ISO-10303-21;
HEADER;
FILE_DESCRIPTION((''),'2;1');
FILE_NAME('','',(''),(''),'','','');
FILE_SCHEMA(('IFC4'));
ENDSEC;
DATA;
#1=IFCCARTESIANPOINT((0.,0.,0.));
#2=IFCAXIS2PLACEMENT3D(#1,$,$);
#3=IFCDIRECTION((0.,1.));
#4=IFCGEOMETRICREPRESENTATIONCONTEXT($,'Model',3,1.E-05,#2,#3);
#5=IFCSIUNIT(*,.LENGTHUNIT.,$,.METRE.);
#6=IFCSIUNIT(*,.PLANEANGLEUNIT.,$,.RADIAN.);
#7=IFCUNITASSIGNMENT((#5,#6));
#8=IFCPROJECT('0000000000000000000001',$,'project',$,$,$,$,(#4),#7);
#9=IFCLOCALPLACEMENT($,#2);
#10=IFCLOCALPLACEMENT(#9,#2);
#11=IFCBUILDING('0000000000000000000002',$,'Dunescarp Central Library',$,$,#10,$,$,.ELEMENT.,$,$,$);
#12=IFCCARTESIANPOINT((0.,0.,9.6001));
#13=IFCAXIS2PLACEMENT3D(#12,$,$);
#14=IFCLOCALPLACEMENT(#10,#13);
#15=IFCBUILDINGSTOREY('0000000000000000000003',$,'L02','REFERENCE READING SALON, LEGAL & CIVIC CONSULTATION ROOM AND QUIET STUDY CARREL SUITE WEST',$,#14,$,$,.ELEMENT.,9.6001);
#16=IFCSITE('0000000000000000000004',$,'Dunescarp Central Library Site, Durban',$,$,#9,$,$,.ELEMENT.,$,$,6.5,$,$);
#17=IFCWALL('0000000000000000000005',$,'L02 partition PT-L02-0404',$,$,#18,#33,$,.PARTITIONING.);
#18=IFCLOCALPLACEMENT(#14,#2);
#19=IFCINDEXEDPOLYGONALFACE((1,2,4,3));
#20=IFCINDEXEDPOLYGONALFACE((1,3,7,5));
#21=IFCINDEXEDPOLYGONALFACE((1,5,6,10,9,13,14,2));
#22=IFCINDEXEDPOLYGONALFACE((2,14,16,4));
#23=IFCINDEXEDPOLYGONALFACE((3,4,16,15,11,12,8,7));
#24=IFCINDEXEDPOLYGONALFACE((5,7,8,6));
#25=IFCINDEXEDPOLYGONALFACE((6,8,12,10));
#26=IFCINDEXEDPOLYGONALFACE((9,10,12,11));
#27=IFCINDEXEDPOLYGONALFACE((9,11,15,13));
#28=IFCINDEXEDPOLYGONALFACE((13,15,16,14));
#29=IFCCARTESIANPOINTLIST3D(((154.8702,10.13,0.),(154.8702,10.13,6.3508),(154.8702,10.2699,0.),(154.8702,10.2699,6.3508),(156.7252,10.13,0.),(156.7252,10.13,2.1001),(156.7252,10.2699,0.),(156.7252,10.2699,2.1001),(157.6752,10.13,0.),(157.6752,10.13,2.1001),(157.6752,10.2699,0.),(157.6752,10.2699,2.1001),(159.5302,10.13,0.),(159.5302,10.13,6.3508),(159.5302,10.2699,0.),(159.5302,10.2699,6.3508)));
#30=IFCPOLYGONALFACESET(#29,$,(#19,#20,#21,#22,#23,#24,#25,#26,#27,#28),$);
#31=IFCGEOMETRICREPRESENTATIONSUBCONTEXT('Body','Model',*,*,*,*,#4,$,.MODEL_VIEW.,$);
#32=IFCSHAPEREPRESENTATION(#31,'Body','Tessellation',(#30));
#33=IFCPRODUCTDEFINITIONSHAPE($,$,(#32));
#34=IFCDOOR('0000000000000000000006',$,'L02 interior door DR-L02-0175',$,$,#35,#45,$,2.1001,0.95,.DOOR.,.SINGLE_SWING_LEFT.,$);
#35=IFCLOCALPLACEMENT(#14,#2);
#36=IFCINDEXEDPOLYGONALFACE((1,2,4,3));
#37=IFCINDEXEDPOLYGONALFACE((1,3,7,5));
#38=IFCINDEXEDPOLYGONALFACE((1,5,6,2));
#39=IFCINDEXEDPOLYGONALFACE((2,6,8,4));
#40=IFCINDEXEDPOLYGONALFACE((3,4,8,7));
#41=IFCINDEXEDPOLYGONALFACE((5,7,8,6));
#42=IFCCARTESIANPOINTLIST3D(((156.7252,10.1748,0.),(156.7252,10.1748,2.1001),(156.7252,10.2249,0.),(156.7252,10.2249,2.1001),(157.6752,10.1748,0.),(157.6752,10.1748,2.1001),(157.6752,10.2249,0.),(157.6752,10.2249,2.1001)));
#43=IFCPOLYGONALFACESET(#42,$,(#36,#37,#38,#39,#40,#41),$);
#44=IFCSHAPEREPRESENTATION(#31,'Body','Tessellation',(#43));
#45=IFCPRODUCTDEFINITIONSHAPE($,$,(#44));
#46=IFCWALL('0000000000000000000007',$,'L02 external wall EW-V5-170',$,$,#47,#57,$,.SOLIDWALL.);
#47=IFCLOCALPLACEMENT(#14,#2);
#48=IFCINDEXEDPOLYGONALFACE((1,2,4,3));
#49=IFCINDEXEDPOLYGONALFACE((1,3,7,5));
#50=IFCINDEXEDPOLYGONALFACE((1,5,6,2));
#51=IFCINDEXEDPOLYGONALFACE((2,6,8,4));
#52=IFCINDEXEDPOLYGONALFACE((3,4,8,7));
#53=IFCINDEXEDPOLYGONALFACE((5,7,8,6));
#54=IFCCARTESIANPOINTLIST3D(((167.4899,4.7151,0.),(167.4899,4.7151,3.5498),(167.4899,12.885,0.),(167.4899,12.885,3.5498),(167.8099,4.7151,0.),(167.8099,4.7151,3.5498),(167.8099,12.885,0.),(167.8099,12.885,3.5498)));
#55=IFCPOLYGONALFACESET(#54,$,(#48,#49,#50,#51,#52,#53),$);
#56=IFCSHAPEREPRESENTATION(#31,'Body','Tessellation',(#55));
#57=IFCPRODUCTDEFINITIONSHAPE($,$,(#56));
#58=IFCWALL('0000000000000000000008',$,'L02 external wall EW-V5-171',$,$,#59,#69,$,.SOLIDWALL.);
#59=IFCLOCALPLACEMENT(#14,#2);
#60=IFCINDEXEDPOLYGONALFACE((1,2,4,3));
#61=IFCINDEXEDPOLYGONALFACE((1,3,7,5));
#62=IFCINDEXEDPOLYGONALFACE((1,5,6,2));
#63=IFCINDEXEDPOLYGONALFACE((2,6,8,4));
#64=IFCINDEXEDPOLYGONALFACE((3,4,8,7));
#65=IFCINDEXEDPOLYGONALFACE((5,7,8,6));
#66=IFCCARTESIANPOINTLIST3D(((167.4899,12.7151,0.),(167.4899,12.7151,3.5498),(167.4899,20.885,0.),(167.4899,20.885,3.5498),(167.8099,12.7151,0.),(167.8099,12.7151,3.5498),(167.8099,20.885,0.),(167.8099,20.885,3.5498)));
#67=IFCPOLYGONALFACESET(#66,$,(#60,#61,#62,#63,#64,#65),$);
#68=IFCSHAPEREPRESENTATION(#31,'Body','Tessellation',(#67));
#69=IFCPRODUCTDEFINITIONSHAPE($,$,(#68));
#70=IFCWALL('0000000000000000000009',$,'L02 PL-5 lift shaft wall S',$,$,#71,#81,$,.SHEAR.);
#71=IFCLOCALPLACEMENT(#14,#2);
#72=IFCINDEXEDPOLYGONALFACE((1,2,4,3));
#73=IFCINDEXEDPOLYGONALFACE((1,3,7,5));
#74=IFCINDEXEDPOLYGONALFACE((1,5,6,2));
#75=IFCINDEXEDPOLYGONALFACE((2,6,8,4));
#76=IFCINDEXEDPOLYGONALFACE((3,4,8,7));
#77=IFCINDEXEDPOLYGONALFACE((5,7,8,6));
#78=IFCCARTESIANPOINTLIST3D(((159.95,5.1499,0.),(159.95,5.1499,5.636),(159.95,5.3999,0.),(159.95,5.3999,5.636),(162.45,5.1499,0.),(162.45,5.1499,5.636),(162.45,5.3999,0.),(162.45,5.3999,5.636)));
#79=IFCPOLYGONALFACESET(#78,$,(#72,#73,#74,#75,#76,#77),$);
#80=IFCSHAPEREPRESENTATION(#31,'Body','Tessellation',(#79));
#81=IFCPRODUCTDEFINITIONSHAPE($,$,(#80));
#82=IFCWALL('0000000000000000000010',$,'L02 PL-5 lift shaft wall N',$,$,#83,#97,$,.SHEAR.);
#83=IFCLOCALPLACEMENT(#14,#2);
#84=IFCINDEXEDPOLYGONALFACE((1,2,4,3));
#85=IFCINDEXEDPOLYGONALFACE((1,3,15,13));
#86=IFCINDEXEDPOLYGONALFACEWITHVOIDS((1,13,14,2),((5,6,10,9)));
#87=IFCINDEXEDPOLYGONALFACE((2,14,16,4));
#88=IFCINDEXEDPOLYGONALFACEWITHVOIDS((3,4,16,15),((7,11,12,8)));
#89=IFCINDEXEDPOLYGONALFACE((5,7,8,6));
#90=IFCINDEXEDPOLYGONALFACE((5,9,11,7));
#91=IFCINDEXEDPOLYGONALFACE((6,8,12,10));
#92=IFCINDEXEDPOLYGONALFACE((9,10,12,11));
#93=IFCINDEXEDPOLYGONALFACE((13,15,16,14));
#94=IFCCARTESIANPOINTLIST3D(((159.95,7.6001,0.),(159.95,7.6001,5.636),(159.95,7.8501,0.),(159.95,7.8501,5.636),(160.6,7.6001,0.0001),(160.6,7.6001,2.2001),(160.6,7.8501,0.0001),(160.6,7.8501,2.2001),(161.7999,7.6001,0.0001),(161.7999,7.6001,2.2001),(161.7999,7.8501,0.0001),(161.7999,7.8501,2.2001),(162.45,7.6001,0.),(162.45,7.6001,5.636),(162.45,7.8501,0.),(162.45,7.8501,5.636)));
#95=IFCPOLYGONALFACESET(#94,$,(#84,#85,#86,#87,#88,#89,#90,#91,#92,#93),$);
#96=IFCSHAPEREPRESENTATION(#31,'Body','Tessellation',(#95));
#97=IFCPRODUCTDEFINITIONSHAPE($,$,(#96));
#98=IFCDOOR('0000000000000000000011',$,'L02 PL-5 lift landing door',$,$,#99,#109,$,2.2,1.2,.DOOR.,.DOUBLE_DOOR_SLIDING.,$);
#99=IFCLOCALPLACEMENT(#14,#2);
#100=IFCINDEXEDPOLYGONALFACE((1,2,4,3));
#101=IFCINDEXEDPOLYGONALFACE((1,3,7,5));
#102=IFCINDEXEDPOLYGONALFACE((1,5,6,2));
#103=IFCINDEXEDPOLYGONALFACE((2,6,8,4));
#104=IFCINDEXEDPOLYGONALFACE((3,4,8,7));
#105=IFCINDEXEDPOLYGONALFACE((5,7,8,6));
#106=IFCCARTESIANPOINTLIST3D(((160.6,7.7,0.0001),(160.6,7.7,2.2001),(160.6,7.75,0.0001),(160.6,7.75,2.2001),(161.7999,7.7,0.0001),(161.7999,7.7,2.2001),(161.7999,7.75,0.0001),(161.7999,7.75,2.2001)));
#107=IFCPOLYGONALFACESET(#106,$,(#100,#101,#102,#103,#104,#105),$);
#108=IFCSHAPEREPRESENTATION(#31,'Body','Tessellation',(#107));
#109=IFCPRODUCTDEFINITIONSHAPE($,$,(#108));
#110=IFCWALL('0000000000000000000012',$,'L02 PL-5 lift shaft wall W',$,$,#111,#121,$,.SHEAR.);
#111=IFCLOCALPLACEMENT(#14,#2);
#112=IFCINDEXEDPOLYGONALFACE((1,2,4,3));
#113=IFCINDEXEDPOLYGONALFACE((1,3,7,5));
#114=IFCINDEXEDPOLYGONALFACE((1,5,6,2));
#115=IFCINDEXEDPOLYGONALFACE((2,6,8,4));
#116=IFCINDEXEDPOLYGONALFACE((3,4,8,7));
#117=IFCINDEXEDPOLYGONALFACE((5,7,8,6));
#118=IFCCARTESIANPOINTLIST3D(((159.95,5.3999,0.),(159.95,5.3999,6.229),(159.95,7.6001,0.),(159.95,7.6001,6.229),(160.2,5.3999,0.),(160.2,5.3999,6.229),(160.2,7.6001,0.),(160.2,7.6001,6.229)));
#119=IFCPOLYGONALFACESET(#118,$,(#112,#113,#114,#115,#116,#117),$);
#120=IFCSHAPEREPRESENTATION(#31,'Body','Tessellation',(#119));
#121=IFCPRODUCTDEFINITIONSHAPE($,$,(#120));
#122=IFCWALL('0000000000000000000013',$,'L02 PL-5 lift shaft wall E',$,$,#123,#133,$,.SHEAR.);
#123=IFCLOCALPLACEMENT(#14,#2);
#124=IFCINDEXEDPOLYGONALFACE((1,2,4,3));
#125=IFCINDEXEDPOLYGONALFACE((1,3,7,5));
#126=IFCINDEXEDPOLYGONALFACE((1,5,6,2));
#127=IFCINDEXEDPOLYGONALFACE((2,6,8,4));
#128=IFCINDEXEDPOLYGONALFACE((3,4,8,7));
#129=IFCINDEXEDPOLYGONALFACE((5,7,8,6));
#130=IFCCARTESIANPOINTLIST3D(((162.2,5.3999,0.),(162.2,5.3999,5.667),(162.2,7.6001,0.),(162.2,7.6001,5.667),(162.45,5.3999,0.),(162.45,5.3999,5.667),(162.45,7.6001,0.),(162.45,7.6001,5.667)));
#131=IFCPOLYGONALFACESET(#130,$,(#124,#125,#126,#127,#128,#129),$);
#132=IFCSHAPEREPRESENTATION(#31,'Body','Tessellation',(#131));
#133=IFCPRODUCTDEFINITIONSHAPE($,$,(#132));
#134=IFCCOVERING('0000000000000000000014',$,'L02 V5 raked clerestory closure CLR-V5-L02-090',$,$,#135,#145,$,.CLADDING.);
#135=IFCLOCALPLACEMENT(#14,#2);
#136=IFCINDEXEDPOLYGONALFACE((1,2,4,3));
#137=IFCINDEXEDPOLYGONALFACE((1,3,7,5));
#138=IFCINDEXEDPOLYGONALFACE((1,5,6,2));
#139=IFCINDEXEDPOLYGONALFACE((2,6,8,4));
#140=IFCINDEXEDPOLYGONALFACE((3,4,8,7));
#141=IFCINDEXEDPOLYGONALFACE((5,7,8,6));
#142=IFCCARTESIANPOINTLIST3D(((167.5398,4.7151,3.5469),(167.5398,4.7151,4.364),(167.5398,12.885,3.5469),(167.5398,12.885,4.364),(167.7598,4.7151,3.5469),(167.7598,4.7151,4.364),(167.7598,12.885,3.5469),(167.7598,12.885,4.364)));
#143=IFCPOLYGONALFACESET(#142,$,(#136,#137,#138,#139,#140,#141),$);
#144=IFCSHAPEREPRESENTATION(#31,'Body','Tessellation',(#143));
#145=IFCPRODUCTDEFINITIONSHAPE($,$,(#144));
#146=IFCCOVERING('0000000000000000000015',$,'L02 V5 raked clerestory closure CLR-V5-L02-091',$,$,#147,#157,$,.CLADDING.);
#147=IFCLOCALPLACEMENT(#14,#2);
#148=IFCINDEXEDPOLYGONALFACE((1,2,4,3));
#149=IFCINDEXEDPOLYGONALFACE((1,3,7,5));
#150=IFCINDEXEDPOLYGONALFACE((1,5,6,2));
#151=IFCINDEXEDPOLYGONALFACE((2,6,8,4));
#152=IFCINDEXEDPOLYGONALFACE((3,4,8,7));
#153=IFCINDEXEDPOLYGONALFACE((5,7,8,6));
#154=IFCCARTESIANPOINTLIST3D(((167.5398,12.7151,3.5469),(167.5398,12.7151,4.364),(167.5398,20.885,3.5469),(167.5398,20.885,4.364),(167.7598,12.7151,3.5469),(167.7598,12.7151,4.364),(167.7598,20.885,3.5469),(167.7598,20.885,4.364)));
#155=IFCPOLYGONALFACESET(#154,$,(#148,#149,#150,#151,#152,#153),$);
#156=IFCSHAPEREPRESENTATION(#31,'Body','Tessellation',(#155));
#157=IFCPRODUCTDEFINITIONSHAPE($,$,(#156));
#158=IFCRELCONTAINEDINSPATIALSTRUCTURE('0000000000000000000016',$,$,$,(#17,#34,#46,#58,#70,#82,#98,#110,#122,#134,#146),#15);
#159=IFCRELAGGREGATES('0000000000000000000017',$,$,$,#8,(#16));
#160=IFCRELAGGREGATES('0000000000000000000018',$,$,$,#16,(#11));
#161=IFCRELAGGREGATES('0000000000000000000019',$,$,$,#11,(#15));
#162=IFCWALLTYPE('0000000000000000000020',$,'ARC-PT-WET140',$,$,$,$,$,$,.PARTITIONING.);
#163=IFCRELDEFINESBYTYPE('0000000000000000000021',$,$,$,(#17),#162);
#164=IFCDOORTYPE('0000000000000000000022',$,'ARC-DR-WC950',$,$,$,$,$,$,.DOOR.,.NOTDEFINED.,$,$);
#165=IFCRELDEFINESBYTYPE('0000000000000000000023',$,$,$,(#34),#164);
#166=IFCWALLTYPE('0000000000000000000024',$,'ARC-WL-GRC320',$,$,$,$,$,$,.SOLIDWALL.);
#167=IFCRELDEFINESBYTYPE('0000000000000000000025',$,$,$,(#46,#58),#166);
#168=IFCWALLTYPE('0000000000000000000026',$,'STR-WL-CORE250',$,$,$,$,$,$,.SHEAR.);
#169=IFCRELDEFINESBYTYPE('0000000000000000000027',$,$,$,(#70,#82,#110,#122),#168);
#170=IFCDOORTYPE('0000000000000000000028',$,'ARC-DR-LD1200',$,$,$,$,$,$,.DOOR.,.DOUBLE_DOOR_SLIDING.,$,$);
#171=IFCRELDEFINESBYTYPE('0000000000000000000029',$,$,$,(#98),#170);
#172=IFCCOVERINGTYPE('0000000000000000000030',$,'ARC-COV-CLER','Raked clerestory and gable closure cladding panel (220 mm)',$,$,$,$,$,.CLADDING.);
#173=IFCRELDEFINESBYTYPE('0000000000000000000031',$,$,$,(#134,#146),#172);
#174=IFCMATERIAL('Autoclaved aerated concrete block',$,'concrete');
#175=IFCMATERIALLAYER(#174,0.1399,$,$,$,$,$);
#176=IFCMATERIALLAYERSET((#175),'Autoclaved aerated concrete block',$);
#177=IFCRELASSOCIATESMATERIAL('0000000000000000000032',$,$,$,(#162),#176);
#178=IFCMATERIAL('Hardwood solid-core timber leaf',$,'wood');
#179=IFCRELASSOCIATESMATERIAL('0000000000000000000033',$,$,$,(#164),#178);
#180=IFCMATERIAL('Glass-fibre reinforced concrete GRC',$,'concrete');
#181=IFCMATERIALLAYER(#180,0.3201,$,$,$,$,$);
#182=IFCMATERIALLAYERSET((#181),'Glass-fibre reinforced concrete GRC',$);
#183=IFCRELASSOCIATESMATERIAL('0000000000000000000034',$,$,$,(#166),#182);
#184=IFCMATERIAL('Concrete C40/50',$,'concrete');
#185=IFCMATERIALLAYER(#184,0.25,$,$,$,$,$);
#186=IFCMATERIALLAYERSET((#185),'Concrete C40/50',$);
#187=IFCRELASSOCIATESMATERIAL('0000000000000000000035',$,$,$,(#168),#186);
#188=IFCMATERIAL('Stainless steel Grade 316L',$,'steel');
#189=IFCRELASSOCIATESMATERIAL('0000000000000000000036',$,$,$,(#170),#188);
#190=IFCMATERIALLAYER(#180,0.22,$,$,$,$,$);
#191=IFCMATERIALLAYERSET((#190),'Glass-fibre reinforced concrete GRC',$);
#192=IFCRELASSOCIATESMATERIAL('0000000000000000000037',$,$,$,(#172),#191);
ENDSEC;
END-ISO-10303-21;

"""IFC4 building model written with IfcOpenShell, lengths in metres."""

from ifc_helpers import new_model, si_unit, direction, frame, frame_2d, origin, place, context, subcontext, project, spatial, polyline, rectangle, outline, extrude, material, layer, layer_set, type_object, element, fill, save


model = new_model("IFC4")

# Units and contexts
model_context = context("Model", 3, precision=1e-05, world=origin(), true_north=direction((0.0, 1.0)))
body_context = subcontext(model_context, "Body", "Model", "MODEL_VIEW")
ifc_project = project(units=[si_unit("LENGTHUNIT", "METRE"), si_unit("PLANEANGLEUNIT", "RADIAN")], contexts=[model_context])

# Site, building, storey
site_placement = place(None, origin())
site = spatial("IfcSite", under=ifc_project, at=site_placement, Name="Dunescarp Central Library Site, Durban", CompositionType="ELEMENT", RefElevation=6.5)
building_placement = place(site_placement, origin())
building = spatial("IfcBuilding", under=site, at=building_placement, Name="Dunescarp Central Library", CompositionType="ELEMENT")
storey_placement = place(building_placement, frame((0.0, 0.0, 9.6001)))
storey = spatial("IfcBuildingStorey", under=building, at=storey_placement, Name="L02", Description="REFERENCE READING SALON, LEGAL & CIVIC CONSULTATION ROOM AND QUIET STUDY CARREL SUITE WEST", CompositionType="ELEMENT", Elevation=9.6001)

# Shared definitions
ifc_material_1 = material(Name="Concrete C40/50", Category="concrete")

# Wall, opening, door
ifc_material_2 = material(Name="Autoclaved aerated concrete block", Category="concrete")
ifc_layer_1 = layer(ifc_material_2, 0.1399)
ifc_layer_set_1 = layer_set([ifc_layer_1], Name="Autoclaved aerated concrete block")
wall_type_1 = type_object("IfcWallType", Name="ARC-PT-WET140", PredefinedType="PARTITIONING", material=ifc_layer_set_1)
wall_1_placement = place(storey_placement, frame((154.8701, 10.2, 0.0), z_axis=(0.0, 0.0, 1.0), x_axis=(1.0, 0.0, 0.0)))
wall_1 = element("IfcWall", 1, at=wall_1_placement, inside=storey, type_object=wall_type_1, Name="L02 partition PT-L02-0404", PredefinedType="PARTITIONING", context=body_context, shape_type="SweptSolid", body=[
    extrude(rectangle(XDim=4.6599, YDim=0.1399, at=frame_2d((2.3301, 0.0))), origin(), (0.0, 0.0, 1.0), 6.3508),
])
opening_1_placement = place(wall_1_placement, frame((1.855, 0.0, 0.0)))
opening_1 = element("IfcOpeningElement", 2, at=opening_1_placement, cuts=wall_1, PredefinedType="OPENING", context=body_context, shape_type="SweptSolid", body=[
    extrude(rectangle(XDim=0.95, YDim=2.1001, at=frame_2d((0.4751, 1.05))), frame((0.0, 0.0801, 0.0), z_axis=(0.0, -1.0, 0.0), x_axis=(1.0, 0.0, 0.0)), (0.0, 0.0, 1.0), 0.1599),
])
ifc_material_3 = material(Name="Hardwood solid-core timber leaf", Category="wood")
door_type_1 = type_object("IfcDoorType", Name="ARC-DR-WC950", OperationType="NOTDEFINED", PredefinedType="DOOR", material=ifc_material_3)
door_1_placement = place(opening_1_placement, origin())
door_1 = element("IfcDoor", 3, at=door_1_placement, inside=storey, type_object=door_type_1, Name="L02 interior door DR-L02-0175", OperationType="SINGLE_SWING_LEFT", OverallHeight=2.1001, OverallWidth=0.95, PredefinedType="DOOR", context=body_context, shape_type="SweptSolid", body=[
    extrude(rectangle(XDim=0.95, YDim=2.1001, at=frame_2d((0.4751, 1.05))), frame((0.0, 0.0249, 0.0), z_axis=(0.0, -1.0, 0.0), x_axis=(1.0, 0.0, 0.0)), (0.0, 0.0, 1.0), 0.05),
])
fill(opening_1, door_1)

# Walls
ifc_material_4 = material(Name="Glass-fibre reinforced concrete GRC", Category="concrete")
ifc_layer_2 = layer(ifc_material_4, 0.3201)
ifc_layer_set_2 = layer_set([ifc_layer_2], Name="Glass-fibre reinforced concrete GRC")
wall_type_2 = type_object("IfcWallType", Name="ARC-WL-GRC320", PredefinedType="SOLIDWALL", material=ifc_layer_set_2)
for number, where, z_axis, x_axis, name in (
    (4, (167.6499, 12.885, 0.0), (0.0, 0.0, 1.0), (0.0, -1.0, 0.0), "L02 external wall EW-V5-170"),
    (5, (167.6499, 20.885, 0.0), (0.0, 0.0, 1.0), (0.0, -1.0, 0.0), "L02 external wall EW-V5-171"),
):
    element("IfcWall", number, at=place(storey_placement, frame(where, z_axis=z_axis, x_axis=x_axis)), inside=storey, type_object=wall_type_2, Name=name, PredefinedType="SOLIDWALL", context=body_context, shape_type="SweptSolid", body=[
        extrude(rectangle(XDim=8.1699, YDim=0.3201, at=frame_2d((4.085, 0.0))), origin(), (0.0, 0.0, 1.0), 3.5498),
    ])
ifc_layer_3 = layer(ifc_material_1, 0.25)
ifc_layer_set_3 = layer_set([ifc_layer_3], Name="Concrete C40/50")
wall_type_3 = type_object("IfcWallType", Name="STR-WL-CORE250", PredefinedType="SHEAR", material=ifc_layer_set_3)
wall_2_placement = place(storey_placement, frame((162.45, 5.2749, 0.0), z_axis=(0.0, 0.0, 1.0), x_axis=(-1.0, 0.0, 0.0)))
element("IfcWall", 6, at=wall_2_placement, inside=storey, type_object=wall_type_3, Name="L02 PL-5 lift shaft wall S", PredefinedType="SHEAR", context=body_context, shape_type="SweptSolid", body=[
    extrude(rectangle(XDim=2.5, YDim=0.25, at=frame_2d((1.25, 0.0))), origin(), (0.0, 0.0, 1.0), 5.636),
])

# Wall, opening, door
wall_3_placement = place(storey_placement, frame((159.95, 7.7251, 0.0), z_axis=(0.0, 0.0, 1.0), x_axis=(1.0, 0.0, 0.0)))
wall_3 = element("IfcWall", 7, at=wall_3_placement, inside=storey, type_object=wall_type_3, Name="L02 PL-5 lift shaft wall N", PredefinedType="SHEAR", context=body_context, shape_type="SweptSolid", body=[
    extrude(rectangle(XDim=2.5, YDim=0.25, at=frame_2d((1.25, 0.0))), origin(), (0.0, 0.0, 1.0), 5.636),
])
opening_2_placement = place(wall_3_placement, frame((0.6499, 0.0, 0.0)))
opening_2 = element("IfcOpeningElement", 8, at=opening_2_placement, cuts=wall_3, PredefinedType="OPENING", context=body_context, shape_type="SweptSolid", body=[
    extrude(rectangle(XDim=1.2, YDim=2.2, at=frame_2d((0.6001, 1.1001))), frame((0.0, 0.135, 0.0), z_axis=(0.0, -1.0, 0.0), x_axis=(1.0, 0.0, 0.0)), (0.0, 0.0, 1.0), 0.27),
])
ifc_material_5 = material(Name="Stainless steel Grade 316L", Category="steel")
door_type_2 = type_object("IfcDoorType", Name="ARC-DR-LD1200", OperationType="DOUBLE_DOOR_SLIDING", PredefinedType="DOOR", material=ifc_material_5)
door_2_placement = place(opening_2_placement, origin())
door_2 = element("IfcDoor", 9, at=door_2_placement, inside=storey, type_object=door_type_2, Name="L02 PL-5 lift landing door", OperationType="DOUBLE_DOOR_SLIDING", OverallHeight=2.2, OverallWidth=1.2, PredefinedType="DOOR", context=body_context, shape_type="SweptSolid", body=[
    extrude(rectangle(XDim=1.2, YDim=2.2, at=frame_2d((0.6001, 1.1001))), frame((0.0, 0.0249, 0.0), z_axis=(0.0, -1.0, 0.0), x_axis=(1.0, 0.0, 0.0)), (0.0, 0.0, 1.0), 0.05),
])
fill(opening_2, door_2)

# Walls
wall_4_placement = place(storey_placement, frame((160.075, 5.3999, 0.0), z_axis=(0.0, 0.0, 1.0), x_axis=(0.0, 1.0, 0.0)))
element("IfcWall", 10, at=wall_4_placement, inside=storey, type_object=wall_type_3, Name="L02 PL-5 lift shaft wall W", PredefinedType="SHEAR", context=body_context, shape_type="SweptSolid", body=[
    extrude(rectangle(XDim=2.2002, YDim=0.25, at=frame_2d((1.1001, 0.0))), origin(), (0.0, 0.0, 1.0), 6.229),
])
wall_5_placement = place(storey_placement, frame((162.325, 7.6001, 0.0), z_axis=(0.0, 0.0, 1.0), x_axis=(0.0, -1.0, 0.0)))
element("IfcWall", 11, at=wall_5_placement, inside=storey, type_object=wall_type_3, Name="L02 PL-5 lift shaft wall E", PredefinedType="SHEAR", context=body_context, shape_type="SweptSolid", body=[
    extrude(rectangle(XDim=2.2002, YDim=0.25, at=frame_2d((1.1001, 0.0))), origin(), (0.0, 0.0, 1.0), 5.667),
])

# Coverings
ifc_layer_4 = layer(ifc_material_4, 0.22)
ifc_layer_set_4 = layer_set([ifc_layer_4], Name="Glass-fibre reinforced concrete GRC")
covering_type = type_object("IfcCoveringType", Name="ARC-COV-CLER", Description="Raked clerestory and gable closure cladding panel (220 mm)", PredefinedType="CLADDING", material=ifc_layer_set_4)
for number, where, z_axis, x_axis, name in (
    (12, (167.6499, 12.885, 3.5469), (0.0, 0.0, 1.0), (0.0, -1.0, 0.0), "L02 V5 raked clerestory closure CLR-V5-L02-090"),
    (13, (167.6499, 20.885, 3.5469), (0.0, 0.0, 1.0), (0.0, -1.0, 0.0), "L02 V5 raked clerestory closure CLR-V5-L02-091"),
):
    element("IfcCovering", number, at=place(storey_placement, frame(where, z_axis=z_axis, x_axis=x_axis)), inside=storey, type_object=covering_type, Name=name, PredefinedType="CLADDING", context=body_context, shape_type="SweptSolid", body=[
        extrude(outline(polyline([(0.0, 0.0), (8.1699, 0.0), (8.1699, 0.8171), (0.0, 0.8171), (0.0, 0.0)])), frame((0.0, 0.1099, 0.0), z_axis=(0.0, -1.0, 0.0), x_axis=(1.0, 0.0, 0.0)), (0.0, 0.0, 1.0), 0.22),
    ])

save(model, "model.ifc")
